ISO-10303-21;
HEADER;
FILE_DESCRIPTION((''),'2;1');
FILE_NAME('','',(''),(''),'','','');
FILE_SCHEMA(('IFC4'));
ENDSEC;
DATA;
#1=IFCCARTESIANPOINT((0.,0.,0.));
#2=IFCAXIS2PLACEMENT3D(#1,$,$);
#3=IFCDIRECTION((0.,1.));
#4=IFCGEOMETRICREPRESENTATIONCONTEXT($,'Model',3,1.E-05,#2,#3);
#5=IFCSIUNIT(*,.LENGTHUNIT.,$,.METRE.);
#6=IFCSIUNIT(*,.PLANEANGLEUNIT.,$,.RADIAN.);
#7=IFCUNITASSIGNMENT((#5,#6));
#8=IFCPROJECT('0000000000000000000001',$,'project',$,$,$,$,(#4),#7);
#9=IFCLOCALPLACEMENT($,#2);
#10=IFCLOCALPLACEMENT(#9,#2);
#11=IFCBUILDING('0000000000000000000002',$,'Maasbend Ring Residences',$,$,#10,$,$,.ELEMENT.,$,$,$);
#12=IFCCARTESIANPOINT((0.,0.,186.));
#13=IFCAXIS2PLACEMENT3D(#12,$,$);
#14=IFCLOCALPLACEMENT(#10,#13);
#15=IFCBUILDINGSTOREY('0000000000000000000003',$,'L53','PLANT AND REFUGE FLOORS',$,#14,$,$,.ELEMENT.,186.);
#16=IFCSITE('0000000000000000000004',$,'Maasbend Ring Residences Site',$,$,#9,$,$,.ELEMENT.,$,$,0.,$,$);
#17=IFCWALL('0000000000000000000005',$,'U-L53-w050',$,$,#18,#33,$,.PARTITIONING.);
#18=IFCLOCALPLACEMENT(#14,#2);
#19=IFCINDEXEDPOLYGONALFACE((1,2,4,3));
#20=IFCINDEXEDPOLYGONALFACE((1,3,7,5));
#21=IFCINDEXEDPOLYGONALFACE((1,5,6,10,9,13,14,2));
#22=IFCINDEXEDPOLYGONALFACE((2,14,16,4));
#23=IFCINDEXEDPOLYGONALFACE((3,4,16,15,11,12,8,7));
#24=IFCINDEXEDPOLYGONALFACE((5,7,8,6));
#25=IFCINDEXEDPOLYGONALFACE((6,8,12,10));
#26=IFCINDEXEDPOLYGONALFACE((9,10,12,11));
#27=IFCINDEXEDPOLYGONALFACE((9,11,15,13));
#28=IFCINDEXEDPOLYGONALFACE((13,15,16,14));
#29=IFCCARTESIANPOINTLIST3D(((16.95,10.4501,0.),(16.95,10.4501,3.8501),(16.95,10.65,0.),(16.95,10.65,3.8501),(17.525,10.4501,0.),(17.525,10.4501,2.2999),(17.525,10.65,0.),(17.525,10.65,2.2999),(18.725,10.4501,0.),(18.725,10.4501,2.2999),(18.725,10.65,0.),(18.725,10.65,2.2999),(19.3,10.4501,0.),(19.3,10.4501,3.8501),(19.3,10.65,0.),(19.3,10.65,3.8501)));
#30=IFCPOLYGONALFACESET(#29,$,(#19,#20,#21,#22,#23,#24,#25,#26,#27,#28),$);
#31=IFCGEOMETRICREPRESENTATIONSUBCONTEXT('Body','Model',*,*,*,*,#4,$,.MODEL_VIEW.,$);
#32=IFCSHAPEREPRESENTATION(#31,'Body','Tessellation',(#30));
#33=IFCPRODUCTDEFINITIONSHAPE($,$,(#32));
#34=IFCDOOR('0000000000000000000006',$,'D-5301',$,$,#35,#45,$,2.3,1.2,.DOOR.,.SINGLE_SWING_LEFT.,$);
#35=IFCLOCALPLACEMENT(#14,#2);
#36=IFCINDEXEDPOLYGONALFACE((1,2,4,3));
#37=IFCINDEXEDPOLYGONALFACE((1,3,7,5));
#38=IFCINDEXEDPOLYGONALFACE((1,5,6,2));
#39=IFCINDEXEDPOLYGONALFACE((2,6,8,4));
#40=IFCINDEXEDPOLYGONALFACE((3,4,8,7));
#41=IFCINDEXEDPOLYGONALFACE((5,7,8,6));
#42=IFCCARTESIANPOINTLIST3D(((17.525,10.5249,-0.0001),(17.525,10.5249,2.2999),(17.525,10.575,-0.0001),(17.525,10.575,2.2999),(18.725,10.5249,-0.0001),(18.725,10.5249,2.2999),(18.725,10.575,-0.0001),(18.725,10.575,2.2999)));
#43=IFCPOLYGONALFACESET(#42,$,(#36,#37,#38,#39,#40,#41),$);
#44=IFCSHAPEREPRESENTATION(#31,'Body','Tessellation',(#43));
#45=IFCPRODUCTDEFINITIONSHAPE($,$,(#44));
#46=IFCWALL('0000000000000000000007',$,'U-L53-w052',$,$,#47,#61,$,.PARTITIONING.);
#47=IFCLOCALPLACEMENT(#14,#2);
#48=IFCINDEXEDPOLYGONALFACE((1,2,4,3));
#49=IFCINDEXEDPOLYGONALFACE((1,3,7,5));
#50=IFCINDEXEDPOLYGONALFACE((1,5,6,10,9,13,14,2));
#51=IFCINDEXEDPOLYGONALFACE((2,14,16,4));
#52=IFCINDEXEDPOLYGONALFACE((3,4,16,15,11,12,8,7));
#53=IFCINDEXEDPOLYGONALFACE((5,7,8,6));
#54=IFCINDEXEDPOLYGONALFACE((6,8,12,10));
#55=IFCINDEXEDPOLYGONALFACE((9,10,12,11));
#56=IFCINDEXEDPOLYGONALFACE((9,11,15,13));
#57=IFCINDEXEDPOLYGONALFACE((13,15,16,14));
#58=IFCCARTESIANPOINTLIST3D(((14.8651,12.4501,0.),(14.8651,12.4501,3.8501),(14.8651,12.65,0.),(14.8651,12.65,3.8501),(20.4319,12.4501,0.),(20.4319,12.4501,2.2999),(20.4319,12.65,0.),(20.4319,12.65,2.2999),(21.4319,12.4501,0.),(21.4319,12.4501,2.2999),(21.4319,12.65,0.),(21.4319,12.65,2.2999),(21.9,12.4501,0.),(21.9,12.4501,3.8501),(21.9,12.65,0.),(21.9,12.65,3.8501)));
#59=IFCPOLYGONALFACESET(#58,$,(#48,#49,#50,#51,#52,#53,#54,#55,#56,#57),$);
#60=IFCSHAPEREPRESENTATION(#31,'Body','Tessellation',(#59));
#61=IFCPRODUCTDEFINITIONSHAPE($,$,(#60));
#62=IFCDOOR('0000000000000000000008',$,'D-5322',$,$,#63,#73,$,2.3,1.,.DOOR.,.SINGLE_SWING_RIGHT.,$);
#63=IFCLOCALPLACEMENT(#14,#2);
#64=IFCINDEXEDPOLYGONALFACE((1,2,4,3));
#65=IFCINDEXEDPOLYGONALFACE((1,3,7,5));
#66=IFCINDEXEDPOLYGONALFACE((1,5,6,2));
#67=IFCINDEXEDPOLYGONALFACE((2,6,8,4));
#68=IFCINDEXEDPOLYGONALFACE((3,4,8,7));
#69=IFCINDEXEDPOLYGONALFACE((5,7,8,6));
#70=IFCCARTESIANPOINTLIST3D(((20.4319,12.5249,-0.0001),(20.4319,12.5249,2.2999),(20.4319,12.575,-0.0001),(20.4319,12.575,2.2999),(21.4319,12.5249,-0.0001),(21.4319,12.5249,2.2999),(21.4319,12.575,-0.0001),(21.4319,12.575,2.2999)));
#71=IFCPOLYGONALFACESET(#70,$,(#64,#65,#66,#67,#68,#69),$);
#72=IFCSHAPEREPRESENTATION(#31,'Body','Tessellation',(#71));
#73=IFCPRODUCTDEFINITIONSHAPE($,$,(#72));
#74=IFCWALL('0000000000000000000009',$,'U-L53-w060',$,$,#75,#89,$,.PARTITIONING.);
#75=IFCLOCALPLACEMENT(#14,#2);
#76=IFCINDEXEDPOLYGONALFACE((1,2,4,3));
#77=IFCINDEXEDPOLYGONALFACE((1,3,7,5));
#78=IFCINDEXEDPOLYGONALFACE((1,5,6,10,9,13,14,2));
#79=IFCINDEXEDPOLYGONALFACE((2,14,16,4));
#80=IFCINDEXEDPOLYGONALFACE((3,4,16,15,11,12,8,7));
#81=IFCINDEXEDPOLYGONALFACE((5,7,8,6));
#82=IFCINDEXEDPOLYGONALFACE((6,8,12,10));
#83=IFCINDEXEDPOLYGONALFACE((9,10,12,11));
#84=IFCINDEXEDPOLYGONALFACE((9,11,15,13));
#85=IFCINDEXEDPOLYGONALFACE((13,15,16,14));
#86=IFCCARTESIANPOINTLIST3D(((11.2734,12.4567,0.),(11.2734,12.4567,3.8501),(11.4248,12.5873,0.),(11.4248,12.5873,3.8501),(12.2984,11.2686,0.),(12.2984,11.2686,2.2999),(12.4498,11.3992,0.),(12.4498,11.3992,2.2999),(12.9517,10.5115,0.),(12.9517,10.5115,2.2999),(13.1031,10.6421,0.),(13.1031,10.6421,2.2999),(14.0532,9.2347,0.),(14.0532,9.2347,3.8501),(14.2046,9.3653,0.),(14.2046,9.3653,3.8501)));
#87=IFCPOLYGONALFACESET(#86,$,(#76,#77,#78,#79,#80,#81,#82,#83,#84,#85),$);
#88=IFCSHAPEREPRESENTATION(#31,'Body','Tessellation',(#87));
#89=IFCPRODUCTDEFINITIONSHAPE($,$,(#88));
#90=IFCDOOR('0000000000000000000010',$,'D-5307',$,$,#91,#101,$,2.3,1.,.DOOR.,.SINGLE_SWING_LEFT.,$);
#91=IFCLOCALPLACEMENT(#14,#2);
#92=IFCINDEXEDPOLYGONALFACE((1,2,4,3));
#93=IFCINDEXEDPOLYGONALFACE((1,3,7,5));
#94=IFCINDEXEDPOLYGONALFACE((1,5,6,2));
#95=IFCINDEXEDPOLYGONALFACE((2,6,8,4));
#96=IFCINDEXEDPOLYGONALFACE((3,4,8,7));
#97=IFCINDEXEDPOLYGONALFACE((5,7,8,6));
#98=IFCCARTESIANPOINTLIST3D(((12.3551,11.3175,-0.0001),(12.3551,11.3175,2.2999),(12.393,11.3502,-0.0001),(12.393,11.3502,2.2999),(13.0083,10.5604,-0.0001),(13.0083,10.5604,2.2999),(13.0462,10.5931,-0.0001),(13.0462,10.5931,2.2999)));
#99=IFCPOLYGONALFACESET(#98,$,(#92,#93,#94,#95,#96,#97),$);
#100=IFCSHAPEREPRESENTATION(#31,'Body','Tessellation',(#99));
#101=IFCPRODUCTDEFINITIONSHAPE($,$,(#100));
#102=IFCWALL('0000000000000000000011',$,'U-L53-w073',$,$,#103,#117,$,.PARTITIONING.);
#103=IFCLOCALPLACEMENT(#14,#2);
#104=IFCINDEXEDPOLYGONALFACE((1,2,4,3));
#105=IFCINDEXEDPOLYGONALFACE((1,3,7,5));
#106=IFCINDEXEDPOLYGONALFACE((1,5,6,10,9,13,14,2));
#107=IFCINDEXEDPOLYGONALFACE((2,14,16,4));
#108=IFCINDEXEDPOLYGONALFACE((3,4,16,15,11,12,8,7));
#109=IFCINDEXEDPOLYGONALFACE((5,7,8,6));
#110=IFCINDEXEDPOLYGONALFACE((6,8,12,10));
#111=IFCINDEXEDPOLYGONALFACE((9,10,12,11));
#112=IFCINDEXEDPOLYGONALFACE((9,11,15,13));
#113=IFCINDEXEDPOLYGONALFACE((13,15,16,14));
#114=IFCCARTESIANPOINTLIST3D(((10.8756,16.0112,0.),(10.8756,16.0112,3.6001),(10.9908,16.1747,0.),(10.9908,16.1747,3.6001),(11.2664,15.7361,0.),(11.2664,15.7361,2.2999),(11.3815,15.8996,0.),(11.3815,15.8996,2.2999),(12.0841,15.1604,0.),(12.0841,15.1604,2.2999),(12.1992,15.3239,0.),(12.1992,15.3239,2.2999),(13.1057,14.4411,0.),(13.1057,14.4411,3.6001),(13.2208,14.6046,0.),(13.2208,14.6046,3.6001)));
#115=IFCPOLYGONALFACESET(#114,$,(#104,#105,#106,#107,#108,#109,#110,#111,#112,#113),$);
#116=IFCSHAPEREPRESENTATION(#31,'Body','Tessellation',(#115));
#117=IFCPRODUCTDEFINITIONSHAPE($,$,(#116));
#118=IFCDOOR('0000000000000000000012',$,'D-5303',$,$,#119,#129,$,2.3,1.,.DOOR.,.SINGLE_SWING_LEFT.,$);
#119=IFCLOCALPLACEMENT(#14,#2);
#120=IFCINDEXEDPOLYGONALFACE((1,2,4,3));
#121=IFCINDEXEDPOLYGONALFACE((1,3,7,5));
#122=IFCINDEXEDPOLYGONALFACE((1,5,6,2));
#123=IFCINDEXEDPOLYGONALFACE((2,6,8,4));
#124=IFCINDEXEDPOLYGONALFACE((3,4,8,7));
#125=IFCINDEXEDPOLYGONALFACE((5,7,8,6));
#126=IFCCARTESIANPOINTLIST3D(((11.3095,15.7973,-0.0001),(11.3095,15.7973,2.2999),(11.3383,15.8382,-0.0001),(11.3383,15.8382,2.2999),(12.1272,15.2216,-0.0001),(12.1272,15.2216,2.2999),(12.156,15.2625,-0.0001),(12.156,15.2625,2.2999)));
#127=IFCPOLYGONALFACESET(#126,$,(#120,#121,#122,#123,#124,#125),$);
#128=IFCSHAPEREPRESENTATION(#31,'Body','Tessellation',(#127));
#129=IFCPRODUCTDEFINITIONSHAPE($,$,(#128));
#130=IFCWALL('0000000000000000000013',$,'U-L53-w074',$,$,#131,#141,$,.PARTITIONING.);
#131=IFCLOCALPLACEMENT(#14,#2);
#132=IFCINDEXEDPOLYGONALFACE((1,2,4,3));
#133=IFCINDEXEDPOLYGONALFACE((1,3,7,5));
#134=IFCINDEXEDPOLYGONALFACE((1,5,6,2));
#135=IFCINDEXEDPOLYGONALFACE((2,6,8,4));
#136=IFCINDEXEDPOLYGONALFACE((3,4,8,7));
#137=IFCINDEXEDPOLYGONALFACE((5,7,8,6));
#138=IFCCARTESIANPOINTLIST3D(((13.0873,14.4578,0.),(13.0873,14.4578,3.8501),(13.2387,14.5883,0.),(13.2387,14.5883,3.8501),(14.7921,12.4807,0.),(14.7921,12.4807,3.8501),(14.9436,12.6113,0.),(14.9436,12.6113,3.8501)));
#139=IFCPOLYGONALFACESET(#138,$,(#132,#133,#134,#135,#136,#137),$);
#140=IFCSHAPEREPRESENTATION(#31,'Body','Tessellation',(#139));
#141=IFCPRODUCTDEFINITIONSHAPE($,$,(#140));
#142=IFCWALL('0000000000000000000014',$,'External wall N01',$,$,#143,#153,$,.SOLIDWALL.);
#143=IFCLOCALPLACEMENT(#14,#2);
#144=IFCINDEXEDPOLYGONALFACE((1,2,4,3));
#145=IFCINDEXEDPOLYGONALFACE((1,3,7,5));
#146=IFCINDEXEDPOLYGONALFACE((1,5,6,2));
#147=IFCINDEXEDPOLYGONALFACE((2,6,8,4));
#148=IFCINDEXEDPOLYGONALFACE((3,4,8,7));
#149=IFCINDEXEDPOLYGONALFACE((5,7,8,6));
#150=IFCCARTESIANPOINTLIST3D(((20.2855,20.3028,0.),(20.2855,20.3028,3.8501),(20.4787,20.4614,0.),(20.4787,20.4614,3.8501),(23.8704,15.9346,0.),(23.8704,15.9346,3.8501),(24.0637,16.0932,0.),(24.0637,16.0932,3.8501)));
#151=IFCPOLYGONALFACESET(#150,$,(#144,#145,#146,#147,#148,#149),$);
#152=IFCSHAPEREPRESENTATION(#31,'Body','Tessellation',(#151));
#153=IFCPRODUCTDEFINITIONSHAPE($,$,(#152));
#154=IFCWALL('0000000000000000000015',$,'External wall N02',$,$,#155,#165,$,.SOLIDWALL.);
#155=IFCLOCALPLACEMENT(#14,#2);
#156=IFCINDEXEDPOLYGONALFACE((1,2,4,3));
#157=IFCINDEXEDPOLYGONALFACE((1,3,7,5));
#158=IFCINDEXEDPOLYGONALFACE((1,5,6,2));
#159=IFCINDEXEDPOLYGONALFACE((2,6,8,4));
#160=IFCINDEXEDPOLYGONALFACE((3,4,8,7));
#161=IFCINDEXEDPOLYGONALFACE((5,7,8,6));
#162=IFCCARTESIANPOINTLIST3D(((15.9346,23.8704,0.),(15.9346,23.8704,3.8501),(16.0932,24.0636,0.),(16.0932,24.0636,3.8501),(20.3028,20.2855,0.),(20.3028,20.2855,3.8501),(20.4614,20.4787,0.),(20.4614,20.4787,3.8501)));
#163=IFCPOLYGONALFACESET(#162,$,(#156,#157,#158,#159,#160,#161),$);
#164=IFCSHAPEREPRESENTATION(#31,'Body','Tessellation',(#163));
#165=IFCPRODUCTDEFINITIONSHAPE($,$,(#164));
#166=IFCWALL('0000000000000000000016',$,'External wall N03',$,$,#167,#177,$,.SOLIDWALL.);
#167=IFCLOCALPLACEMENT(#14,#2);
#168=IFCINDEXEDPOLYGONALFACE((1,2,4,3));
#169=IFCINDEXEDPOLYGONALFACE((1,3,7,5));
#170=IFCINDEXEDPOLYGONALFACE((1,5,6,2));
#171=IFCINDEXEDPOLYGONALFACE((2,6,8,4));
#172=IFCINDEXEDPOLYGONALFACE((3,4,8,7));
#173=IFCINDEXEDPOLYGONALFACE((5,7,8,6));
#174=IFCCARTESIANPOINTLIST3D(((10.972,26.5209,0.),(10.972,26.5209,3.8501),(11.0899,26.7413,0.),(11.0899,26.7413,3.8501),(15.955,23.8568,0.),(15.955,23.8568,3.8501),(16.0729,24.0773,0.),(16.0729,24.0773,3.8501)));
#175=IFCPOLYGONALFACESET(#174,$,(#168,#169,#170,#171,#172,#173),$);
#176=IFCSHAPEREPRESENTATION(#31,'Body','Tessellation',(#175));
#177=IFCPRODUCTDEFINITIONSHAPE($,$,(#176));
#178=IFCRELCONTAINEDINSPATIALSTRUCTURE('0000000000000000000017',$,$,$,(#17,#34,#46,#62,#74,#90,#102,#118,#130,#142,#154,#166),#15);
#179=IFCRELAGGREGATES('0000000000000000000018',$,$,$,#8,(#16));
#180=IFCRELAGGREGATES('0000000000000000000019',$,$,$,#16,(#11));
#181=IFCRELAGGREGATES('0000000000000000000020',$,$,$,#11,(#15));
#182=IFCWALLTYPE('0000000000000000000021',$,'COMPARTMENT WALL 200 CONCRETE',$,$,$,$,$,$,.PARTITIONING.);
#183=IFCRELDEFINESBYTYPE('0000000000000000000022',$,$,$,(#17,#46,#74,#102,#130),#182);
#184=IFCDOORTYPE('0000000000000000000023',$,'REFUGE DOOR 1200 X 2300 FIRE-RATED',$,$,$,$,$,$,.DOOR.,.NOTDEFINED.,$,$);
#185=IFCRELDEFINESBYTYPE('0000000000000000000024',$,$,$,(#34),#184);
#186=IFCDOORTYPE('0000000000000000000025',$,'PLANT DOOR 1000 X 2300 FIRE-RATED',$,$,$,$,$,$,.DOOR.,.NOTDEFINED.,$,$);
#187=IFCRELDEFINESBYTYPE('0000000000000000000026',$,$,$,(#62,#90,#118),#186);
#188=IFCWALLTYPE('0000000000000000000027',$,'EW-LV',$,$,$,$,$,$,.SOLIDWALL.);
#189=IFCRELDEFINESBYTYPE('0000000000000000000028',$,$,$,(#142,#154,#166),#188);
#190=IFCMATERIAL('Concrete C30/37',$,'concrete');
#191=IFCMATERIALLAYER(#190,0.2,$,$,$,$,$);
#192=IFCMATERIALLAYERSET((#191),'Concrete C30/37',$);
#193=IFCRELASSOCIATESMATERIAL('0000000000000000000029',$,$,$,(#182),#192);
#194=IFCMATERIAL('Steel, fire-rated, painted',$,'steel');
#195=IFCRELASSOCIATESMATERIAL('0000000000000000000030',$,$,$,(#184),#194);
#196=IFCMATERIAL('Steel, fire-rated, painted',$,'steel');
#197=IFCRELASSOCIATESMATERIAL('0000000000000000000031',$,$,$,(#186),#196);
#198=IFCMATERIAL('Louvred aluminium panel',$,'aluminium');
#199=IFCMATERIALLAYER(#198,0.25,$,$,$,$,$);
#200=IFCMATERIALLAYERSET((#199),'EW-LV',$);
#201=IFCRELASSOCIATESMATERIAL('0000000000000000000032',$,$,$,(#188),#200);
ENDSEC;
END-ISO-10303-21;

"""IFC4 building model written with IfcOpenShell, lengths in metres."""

from ifc_helpers import new_model, si_unit, direction, frame, frame_2d, origin, place, context, subcontext, project, spatial, rectangle, extrude, material, layer, layer_set, type_object, element, fill, save


model = new_model("IFC4")

# Units and contexts
model_context = context("Model", 3, precision=1e-05, world=origin(), true_north=direction((0.0, 1.0)))
body_context = subcontext(model_context, "Body", "Model", "MODEL_VIEW")
ifc_project = project(units=[si_unit("LENGTHUNIT", "METRE"), si_unit("PLANEANGLEUNIT", "RADIAN")], contexts=[model_context])

# Site, building, storey
site_placement = place(None, origin())
site = spatial("IfcSite", under=ifc_project, at=site_placement, Name="Maasbend Ring Residences Site", CompositionType="ELEMENT", RefElevation=0.0)
building_placement = place(site_placement, origin())
building = spatial("IfcBuilding", under=site, at=building_placement, Name="Maasbend Ring Residences", CompositionType="ELEMENT")
storey_placement = place(building_placement, frame((0.0, 0.0, 186.0)))
storey = spatial("IfcBuildingStorey", under=building, at=storey_placement, Name="L53", Description="PLANT AND REFUGE FLOORS", CompositionType="ELEMENT", Elevation=186.0)

# Shared definitions
ifc_material_1 = material(Name="Concrete C30/37", Category="concrete")
ifc_layer_1 = layer(ifc_material_1, 0.2)
ifc_layer_set_1 = layer_set([ifc_layer_1], Name="Concrete C30/37")
wall_type_1 = type_object("IfcWallType", Name="COMPARTMENT WALL 200 CONCRETE", PredefinedType="PARTITIONING", material=ifc_layer_set_1)

# Walls, openings, doors
wall_1_placement = place(storey_placement, frame((16.95, 10.55, 0.0), z_axis=(0.0, 0.0, 1.0), x_axis=(1.0, 0.0, 0.0)))
wall_1 = element("IfcWall", 1, at=wall_1_placement, inside=storey, type_object=wall_type_1, Name="U-L53-w050", PredefinedType="PARTITIONING", context=body_context, shape_type="SweptSolid", body=[
    extrude(rectangle(XDim=2.3501, YDim=0.2, at=frame_2d((1.175, 0.0))), origin(), (0.0, 0.0, 1.0), 3.8501),
])
opening_1_placement = place(wall_1_placement, frame((0.575, 0.0, 0.0)))
opening_1 = element("IfcOpeningElement", 2, at=opening_1_placement, cuts=wall_1, PredefinedType="OPENING", context=body_context, shape_type="SweptSolid", body=[
    extrude(rectangle(XDim=1.2, YDim=2.3, at=frame_2d((0.6001, 1.1499))), frame((0.0, 0.1099, 0.0), z_axis=(0.0, -1.0, 0.0), x_axis=(1.0, 0.0, 0.0)), (0.0, 0.0, 1.0), 0.22),
])
ifc_material_2 = material(Name="Steel, fire-rated, painted", Category="steel")
door_type_1 = type_object("IfcDoorType", Name="REFUGE DOOR 1200 X 2300 FIRE-RATED", OperationType="NOTDEFINED", PredefinedType="DOOR", material=ifc_material_2)
door_1_placement = place(opening_1_placement, origin())
door_1 = element("IfcDoor", 3, at=door_1_placement, inside=storey, type_object=door_type_1, Name="D-5301", OperationType="SINGLE_SWING_LEFT", OverallHeight=2.3, OverallWidth=1.2, PredefinedType="DOOR", context=body_context, shape_type="SweptSolid", body=[
    extrude(rectangle(XDim=1.2, YDim=2.3, at=frame_2d((0.6001, 1.1499))), frame((0.0, 0.0249, 0.0), z_axis=(0.0, -1.0, 0.0), x_axis=(1.0, 0.0, 0.0)), (0.0, 0.0, 1.0), 0.05),
])
fill(opening_1, door_1)
wall_2_placement = place(storey_placement, frame((14.865, 12.55, 0.0), z_axis=(0.0, 0.0, 1.0), x_axis=(1.0, 0.0, 0.0)))
wall_2 = element("IfcWall", 4, at=wall_2_placement, inside=storey, type_object=wall_type_1, Name="U-L53-w052", PredefinedType="PARTITIONING", context=body_context, shape_type="SweptSolid", body=[
    extrude(rectangle(XDim=7.0349, YDim=0.2, at=frame_2d((3.5176, 0.0))), origin(), (0.0, 0.0, 1.0), 3.8501),
])
opening_2_placement = place(wall_2_placement, frame((5.5669, 0.0, 0.0)))
opening_2 = element("IfcOpeningElement", 5, at=opening_2_placement, cuts=wall_2, PredefinedType="OPENING", context=body_context, shape_type="SweptSolid", body=[
    extrude(rectangle(XDim=1.0, YDim=2.3, at=frame_2d((0.5, 1.1499))), frame((0.0, 0.1099, 0.0), z_axis=(0.0, -1.0, 0.0), x_axis=(1.0, 0.0, 0.0)), (0.0, 0.0, 1.0), 0.22),
])
ifc_material_3 = material(Name="Steel, fire-rated, painted", Category="steel")
door_type_2 = type_object("IfcDoorType", Name="PLANT DOOR 1000 X 2300 FIRE-RATED", OperationType="NOTDEFINED", PredefinedType="DOOR", material=ifc_material_3)
door_2_placement = place(opening_2_placement, origin())
door_2 = element("IfcDoor", 6, at=door_2_placement, inside=storey, type_object=door_type_2, Name="D-5322", OperationType="SINGLE_SWING_RIGHT", OverallHeight=2.3, OverallWidth=1.0, PredefinedType="DOOR", context=body_context, shape_type="SweptSolid", body=[
    extrude(rectangle(XDim=1.0, YDim=2.3, at=frame_2d((0.5, 1.1499))), frame((0.0, 0.0249, 0.0), z_axis=(0.0, -1.0, 0.0), x_axis=(1.0, 0.0, 0.0)), (0.0, 0.0, 1.0), 0.05),
])
fill(opening_2, door_2)
wall_3_placement = place(storey_placement, frame((11.3491, 12.522, 0.0), z_axis=(0.0, 0.0, 1.0), x_axis=(0.653245, -0.757147, 0.0)))
wall_3 = element("IfcWall", 7, at=wall_3_placement, inside=storey, type_object=wall_type_1, Name="U-L53-w060", PredefinedType="PARTITIONING", context=body_context, shape_type="SweptSolid", body=[
    extrude(rectangle(XDim=4.2554, YDim=0.2, at=frame_2d((2.1277, 0.0))), origin(), (0.0, 0.0, 1.0), 3.8501),
])
opening_3_placement = place(wall_3_placement, frame((1.5691, 0.0, 0.0)))
opening_3 = element("IfcOpeningElement", 8, at=opening_3_placement, cuts=wall_3, PredefinedType="OPENING", context=body_context, shape_type="SweptSolid", body=[
    extrude(rectangle(XDim=1.0, YDim=2.3, at=frame_2d((0.5, 1.1499))), frame((0.0, 0.1099, 0.0), z_axis=(0.0, -1.0, 0.0), x_axis=(1.0, 0.0, 0.0)), (0.0, 0.0, 1.0), 0.22),
])
door_3_placement = place(opening_3_placement, origin())
door_3 = element("IfcDoor", 9, at=door_3_placement, inside=storey, type_object=door_type_2, Name="D-5307", OperationType="SINGLE_SWING_LEFT", OverallHeight=2.3, OverallWidth=1.0, PredefinedType="DOOR", context=body_context, shape_type="SweptSolid", body=[
    extrude(rectangle(XDim=1.0, YDim=2.3, at=frame_2d((0.5, 1.1499))), frame((0.0, 0.0249, 0.0), z_axis=(0.0, -1.0, 0.0), x_axis=(1.0, 0.0, 0.0)), (0.0, 0.0, 1.0), 0.05),
])
fill(opening_3, door_3)
wall_4_placement = place(storey_placement, frame((10.9331, 16.093, 0.0), z_axis=(0.0, 0.0, 1.0), x_axis=(0.817664, -0.575695, 0.0)))
wall_4 = element("IfcWall", 10, at=wall_4_placement, inside=storey, type_object=wall_type_1, Name="U-L53-w073", PredefinedType="PARTITIONING", context=body_context, shape_type="SweptSolid", body=[
    extrude(rectangle(XDim=2.7273, YDim=0.2, at=frame_2d((1.3638, 0.0))), origin(), (0.0, 0.0, 1.0), 3.6001),
])
opening_4_placement = place(wall_4_placement, frame((0.478, 0.0, 0.0)))
opening_4 = element("IfcOpeningElement", 11, at=opening_4_placement, cuts=wall_4, PredefinedType="OPENING", context=body_context, shape_type="SweptSolid", body=[
    extrude(rectangle(XDim=1.0, YDim=2.3, at=frame_2d((0.5, 1.1499))), frame((0.0, 0.1099, 0.0), z_axis=(0.0, -1.0, 0.0), x_axis=(1.0, 0.0, 0.0)), (0.0, 0.0, 1.0), 0.22),
])
door_4_placement = place(opening_4_placement, origin())
door_4 = element("IfcDoor", 12, at=door_4_placement, inside=storey, type_object=door_type_2, Name="D-5303", OperationType="SINGLE_SWING_LEFT", OverallHeight=2.3, OverallWidth=1.0, PredefinedType="DOOR", context=body_context, shape_type="SweptSolid", body=[
    extrude(rectangle(XDim=1.0, YDim=2.3, at=frame_2d((0.5, 1.1499))), frame((0.0, 0.0249, 0.0), z_axis=(0.0, -1.0, 0.0), x_axis=(1.0, 0.0, 0.0)), (0.0, 0.0, 1.0), 0.05),
])
fill(opening_4, door_4)

# Walls
wall_5_placement = place(storey_placement, frame((13.1631, 14.5229, 0.0), z_axis=(0.0, 0.0, 1.0), x_axis=(0.653045, -0.757319, 0.0)))
element("IfcWall", 13, at=wall_5_placement, inside=storey, type_object=wall_type_1, Name="U-L53-w074", PredefinedType="PARTITIONING", context=body_context, shape_type="SweptSolid", body=[
    extrude(rectangle(XDim=2.6106, YDim=0.2, at=frame_2d((1.3052, 0.0))), origin(), (0.0, 0.0, 1.0), 3.8501),
])
ifc_material_4 = material(Name="Louvred aluminium panel", Category="aluminium")
ifc_layer_2 = layer(ifc_material_4, 0.25)
ifc_layer_set_2 = layer_set([ifc_layer_2], Name="EW-LV")
wall_type_2 = type_object("IfcWallType", Name="EW-LV", PredefinedType="SOLIDWALL", material=ifc_layer_set_2)
for number, where, z_axis, x_axis, name in (
    (14, (23.967, 16.0139, 0.0), (0.0, 0.0, 1.0), (-0.634404, 0.773002, 0.0), "External wall N01"),
    (15, (20.3821, 20.3821, 0.0), (0.0, 0.0, 1.0), (-0.773002, 0.634404, 0.0), "External wall N02"),
):
    element("IfcWall", number, at=place(storey_placement, frame(where, z_axis=z_axis, x_axis=x_axis)), inside=storey, type_object=wall_type_2, Name=name, PredefinedType="SOLIDWALL", context=body_context, shape_type="SweptSolid", body=[
        extrude(rectangle(XDim=5.6509, YDim=0.25, at=frame_2d((2.8254, 0.0))), origin(), (0.0, 0.0, 1.0), 3.8501),
    ])
wall_6_placement = place(storey_placement, frame((16.0139, 23.967, 0.0), z_axis=(0.0, 0.0, 1.0), x_axis=(-0.881874, 0.471485, 0.0)))
element("IfcWall", 16, at=wall_6_placement, inside=storey, type_object=wall_type_2, Name="External wall N03", PredefinedType="SOLIDWALL", context=body_context, shape_type="SweptSolid", body=[
    extrude(rectangle(XDim=5.6504, YDim=0.25, at=frame_2d((2.8252, 0.0))), origin(), (0.0, 0.0, 1.0), 3.8501),
])

save(model, "model.ifc")
